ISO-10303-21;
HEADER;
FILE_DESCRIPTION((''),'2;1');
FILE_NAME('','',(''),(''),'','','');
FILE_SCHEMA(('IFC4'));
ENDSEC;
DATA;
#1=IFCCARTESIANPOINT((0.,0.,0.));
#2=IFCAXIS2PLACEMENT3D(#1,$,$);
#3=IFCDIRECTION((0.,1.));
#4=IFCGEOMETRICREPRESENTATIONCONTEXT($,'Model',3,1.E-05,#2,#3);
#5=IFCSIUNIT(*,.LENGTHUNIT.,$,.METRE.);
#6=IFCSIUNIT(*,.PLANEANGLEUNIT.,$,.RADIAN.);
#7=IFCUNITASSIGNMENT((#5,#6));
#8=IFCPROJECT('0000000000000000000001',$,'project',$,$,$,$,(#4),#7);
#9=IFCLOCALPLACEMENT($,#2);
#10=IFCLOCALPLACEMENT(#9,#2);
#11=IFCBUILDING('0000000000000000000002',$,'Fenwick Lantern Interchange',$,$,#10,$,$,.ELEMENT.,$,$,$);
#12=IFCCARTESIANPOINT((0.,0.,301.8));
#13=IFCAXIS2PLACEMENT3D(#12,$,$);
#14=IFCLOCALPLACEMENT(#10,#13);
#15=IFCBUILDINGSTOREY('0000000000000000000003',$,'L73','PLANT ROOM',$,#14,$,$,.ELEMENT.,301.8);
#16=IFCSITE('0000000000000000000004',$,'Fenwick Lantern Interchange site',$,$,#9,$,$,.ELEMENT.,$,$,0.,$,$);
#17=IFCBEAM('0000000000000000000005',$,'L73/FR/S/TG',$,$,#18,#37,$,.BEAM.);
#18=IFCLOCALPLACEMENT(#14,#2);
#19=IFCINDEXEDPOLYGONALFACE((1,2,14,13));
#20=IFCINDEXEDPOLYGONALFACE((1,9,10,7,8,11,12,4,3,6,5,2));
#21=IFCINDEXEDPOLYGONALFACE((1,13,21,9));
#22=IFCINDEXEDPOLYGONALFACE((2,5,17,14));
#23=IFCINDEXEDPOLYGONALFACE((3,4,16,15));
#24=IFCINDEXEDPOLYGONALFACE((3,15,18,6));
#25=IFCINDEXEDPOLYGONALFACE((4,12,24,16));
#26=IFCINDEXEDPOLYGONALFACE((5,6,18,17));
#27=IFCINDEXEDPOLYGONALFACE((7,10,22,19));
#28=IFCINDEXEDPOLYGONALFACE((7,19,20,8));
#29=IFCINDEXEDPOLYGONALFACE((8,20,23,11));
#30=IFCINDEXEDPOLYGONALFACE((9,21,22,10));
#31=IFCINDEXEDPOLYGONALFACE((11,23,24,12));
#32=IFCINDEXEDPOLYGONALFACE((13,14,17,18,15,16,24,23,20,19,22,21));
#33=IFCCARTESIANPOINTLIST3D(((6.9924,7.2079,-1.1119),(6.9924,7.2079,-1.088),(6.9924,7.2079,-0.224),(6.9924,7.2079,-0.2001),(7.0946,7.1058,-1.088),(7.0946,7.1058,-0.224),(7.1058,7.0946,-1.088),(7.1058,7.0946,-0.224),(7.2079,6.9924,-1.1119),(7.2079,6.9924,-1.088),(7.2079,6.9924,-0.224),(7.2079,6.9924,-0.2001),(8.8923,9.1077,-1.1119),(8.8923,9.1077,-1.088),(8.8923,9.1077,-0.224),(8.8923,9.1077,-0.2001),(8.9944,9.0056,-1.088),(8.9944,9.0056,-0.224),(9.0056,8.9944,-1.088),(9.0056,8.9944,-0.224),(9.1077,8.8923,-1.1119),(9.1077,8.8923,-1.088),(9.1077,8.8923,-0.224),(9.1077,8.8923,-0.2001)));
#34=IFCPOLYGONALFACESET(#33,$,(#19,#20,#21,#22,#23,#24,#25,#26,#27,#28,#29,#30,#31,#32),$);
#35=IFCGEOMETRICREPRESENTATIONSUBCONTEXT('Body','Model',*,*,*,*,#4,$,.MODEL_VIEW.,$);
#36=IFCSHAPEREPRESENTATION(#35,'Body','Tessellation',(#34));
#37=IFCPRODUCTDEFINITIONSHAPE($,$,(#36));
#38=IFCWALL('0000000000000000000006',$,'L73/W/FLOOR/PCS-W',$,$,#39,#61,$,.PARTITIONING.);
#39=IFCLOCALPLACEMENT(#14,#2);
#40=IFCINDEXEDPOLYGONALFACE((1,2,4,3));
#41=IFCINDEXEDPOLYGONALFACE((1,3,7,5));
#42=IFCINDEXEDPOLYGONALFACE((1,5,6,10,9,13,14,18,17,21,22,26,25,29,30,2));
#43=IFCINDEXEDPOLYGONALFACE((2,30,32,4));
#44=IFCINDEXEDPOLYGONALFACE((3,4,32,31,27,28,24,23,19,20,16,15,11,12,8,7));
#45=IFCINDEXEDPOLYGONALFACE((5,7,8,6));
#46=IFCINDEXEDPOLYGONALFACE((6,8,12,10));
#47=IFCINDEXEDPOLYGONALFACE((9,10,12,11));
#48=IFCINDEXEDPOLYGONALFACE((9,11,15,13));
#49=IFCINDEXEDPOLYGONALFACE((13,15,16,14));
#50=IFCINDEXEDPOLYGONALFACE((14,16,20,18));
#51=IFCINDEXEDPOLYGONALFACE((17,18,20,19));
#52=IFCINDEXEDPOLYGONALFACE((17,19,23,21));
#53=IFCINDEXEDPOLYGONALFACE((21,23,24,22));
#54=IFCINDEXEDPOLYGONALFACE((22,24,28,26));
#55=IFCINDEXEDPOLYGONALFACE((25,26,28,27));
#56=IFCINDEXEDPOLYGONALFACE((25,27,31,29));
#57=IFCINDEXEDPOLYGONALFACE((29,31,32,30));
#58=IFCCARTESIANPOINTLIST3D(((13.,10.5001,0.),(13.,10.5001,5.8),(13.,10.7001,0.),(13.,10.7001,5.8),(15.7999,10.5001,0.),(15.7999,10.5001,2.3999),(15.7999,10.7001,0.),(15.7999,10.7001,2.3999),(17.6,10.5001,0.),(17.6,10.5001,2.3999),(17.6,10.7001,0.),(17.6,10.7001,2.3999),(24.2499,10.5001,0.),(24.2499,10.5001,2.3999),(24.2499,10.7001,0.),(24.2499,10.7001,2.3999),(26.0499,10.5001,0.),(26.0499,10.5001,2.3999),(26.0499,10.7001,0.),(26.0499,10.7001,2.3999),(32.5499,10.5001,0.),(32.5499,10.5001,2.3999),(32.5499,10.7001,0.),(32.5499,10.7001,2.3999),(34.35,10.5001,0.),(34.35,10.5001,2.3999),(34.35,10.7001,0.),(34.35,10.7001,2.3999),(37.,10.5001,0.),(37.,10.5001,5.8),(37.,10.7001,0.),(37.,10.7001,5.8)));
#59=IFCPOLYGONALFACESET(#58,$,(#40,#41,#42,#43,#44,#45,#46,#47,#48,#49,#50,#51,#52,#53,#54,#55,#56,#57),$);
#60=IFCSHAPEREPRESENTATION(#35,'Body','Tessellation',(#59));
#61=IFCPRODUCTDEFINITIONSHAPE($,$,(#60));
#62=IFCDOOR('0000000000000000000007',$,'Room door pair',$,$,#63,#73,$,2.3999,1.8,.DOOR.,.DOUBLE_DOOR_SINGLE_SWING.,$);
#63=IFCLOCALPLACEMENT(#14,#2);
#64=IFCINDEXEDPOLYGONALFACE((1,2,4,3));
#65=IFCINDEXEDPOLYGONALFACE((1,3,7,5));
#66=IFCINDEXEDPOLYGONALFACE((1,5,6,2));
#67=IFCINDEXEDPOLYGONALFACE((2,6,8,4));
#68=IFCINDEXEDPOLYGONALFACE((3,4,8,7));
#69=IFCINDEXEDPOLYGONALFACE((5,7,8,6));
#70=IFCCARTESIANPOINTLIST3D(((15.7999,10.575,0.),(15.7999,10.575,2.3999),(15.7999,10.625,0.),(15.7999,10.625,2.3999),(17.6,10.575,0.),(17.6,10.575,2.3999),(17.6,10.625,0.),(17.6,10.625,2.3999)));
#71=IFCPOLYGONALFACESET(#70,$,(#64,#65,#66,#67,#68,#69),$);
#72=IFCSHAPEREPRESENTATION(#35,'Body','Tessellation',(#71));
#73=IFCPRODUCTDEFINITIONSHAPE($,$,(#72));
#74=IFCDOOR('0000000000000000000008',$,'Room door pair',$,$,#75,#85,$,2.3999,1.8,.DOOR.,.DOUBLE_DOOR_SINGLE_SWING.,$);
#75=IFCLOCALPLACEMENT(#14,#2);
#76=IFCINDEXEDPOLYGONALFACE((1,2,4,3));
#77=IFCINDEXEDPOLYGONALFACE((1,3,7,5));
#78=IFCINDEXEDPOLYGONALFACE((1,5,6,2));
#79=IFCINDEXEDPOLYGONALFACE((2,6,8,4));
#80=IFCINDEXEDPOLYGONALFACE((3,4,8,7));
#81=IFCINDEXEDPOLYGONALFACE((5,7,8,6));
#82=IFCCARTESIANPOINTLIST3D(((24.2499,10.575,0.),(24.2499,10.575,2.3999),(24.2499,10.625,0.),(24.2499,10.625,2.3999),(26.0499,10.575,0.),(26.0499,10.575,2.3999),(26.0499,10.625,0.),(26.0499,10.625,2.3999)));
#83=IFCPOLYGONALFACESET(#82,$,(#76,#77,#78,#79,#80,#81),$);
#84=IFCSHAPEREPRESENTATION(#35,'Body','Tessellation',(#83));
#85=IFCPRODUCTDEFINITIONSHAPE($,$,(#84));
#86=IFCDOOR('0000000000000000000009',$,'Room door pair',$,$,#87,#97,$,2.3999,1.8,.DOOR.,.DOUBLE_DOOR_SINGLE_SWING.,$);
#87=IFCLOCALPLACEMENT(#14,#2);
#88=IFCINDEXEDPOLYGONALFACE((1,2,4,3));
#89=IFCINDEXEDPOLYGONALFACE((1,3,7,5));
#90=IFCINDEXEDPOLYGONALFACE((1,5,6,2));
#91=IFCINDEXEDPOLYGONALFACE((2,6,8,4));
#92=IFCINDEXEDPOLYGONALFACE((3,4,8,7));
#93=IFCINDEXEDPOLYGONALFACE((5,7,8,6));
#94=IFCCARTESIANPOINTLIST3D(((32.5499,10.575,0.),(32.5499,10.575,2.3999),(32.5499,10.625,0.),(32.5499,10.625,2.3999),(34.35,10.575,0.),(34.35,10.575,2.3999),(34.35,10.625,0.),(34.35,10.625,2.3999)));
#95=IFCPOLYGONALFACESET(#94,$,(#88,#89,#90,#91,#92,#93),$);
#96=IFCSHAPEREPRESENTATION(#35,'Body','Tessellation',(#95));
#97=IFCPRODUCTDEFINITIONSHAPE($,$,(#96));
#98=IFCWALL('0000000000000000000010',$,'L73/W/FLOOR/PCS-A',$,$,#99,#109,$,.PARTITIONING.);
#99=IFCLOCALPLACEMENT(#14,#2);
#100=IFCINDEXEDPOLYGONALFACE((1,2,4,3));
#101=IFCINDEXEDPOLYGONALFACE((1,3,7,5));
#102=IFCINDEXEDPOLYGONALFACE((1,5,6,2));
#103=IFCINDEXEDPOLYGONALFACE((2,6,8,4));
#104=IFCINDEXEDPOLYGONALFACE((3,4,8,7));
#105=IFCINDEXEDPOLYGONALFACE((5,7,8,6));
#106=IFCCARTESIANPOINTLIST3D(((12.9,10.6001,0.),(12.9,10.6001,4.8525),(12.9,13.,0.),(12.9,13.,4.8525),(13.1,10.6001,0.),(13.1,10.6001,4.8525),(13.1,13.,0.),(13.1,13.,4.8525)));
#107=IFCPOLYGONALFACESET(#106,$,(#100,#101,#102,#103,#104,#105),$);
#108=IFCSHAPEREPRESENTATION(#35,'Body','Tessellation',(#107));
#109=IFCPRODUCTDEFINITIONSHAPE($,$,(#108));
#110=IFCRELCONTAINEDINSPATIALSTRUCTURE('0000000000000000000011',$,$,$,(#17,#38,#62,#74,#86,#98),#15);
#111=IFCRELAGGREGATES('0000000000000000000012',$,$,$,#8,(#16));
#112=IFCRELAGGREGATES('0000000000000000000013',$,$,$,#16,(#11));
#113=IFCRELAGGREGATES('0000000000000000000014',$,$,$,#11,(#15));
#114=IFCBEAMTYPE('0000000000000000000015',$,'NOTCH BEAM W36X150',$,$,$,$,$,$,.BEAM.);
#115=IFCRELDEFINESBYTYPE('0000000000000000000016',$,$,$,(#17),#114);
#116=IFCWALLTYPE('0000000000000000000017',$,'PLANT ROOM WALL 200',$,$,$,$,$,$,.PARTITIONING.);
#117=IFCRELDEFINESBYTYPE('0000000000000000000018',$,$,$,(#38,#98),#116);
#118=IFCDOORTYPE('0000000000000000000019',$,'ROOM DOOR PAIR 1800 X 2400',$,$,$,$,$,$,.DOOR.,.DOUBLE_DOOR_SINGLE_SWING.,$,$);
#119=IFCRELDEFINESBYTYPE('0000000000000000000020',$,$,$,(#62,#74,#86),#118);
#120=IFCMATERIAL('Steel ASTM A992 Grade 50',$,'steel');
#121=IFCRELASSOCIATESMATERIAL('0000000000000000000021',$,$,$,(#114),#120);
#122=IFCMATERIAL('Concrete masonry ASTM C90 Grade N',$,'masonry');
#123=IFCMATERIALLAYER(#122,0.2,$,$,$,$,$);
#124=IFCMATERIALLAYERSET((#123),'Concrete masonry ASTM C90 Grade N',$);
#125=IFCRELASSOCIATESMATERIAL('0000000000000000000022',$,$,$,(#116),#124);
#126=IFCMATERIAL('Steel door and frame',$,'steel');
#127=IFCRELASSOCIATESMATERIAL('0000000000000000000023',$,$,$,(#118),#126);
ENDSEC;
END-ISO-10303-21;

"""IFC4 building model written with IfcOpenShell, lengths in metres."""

from ifc_helpers import new_model, si_unit, direction, frame, frame_2d, origin, origin_2d, place, context, subcontext, project, spatial, rectangle, i_section, extrude, material, layer, layer_set, material_profile, profile_set, type_object, element, fill, save


model = new_model("IFC4")

# Units and contexts
model_context = context("Model", 3, precision=1e-05, world=origin(), true_north=direction((0.0, 1.0)))
body_context = subcontext(model_context, "Body", "Model", "MODEL_VIEW")
ifc_project = project(units=[si_unit("LENGTHUNIT", "METRE"), si_unit("PLANEANGLEUNIT", "RADIAN")], contexts=[model_context])

# Site, building, storey
site_placement = place(None, origin())
site = spatial("IfcSite", under=ifc_project, at=site_placement, Name="Fenwick Lantern Interchange site", CompositionType="ELEMENT", RefElevation=0.0)
building_placement = place(site_placement, origin())
building = spatial("IfcBuilding", under=site, at=building_placement, Name="Fenwick Lantern Interchange", CompositionType="ELEMENT")
storey_placement = place(building_placement, frame((0.0, 0.0, 301.8)))
storey = spatial("IfcBuildingStorey", under=building, at=storey_placement, Name="L73", Description="PLANT ROOM", CompositionType="ELEMENT", Elevation=301.8)

# Beam
ifc_material_1 = material(Name="Steel ASTM A992 Grade 50", Category="steel")
ifc_material_profile_1 = material_profile(ifc_material_1, i_section(OverallWidth=0.3047, OverallDepth=0.9119, WebThickness=0.0159, FlangeThickness=0.0239, at=origin_2d()), Name="W36X150")
ifc_profile_set_1 = profile_set([ifc_material_profile_1], Name="Steel ASTM A992 Grade 50")
beam_type_1 = type_object("IfcBeamType", Name="NOTCH BEAM W36X150", PredefinedType="BEAM", material=ifc_profile_set_1)
beam_1_placement = place(storey_placement, frame((9.0, 9.0, -0.656), z_axis=(-0.707107, -0.707107, 0.0), x_axis=(0.707107, -0.707107, 0.0)))
element("IfcBeam", 1, at=beam_1_placement, inside=storey, type_object=beam_type_1, Name="L73/FR/S/TG", PredefinedType="BEAM", context=body_context, shape_type="SweptSolid", body=[
    extrude(i_section(OverallWidth=0.3047, OverallDepth=0.9119, WebThickness=0.0159, FlangeThickness=0.0239, at=origin_2d()), origin(), (0.0, 0.0, 1.0), 2.6868),
])

# Wall, openings, doors
ifc_material_2 = material(Name="Concrete masonry ASTM C90 Grade N", Category="masonry")
ifc_layer = layer(ifc_material_2, 0.2)
ifc_layer_set = layer_set([ifc_layer], Name="Concrete masonry ASTM C90 Grade N")
wall_type = type_object("IfcWallType", Name="PLANT ROOM WALL 200", PredefinedType="PARTITIONING", material=ifc_layer_set)
wall_1_placement = place(storey_placement, frame((13.0, 10.6001, 0.0), z_axis=(0.0, 0.0, 1.0), x_axis=(1.0, 0.0, 0.0)))
wall_1 = element("IfcWall", 2, at=wall_1_placement, inside=storey, type_object=wall_type, Name="L73/W/FLOOR/PCS-W", PredefinedType="PARTITIONING", context=body_context, shape_type="SweptSolid", body=[
    extrude(rectangle(XDim=24.0, YDim=0.2, at=frame_2d((12.0, 0.0))), origin(), (0.0, 0.0, 1.0), 5.8),
])
opening_1_placement = place(wall_1_placement, frame((2.8, 0.0, 0.0)))
opening_1 = element("IfcOpeningElement", 3, at=opening_1_placement, cuts=wall_1, PredefinedType="OPENING", context=body_context, shape_type="SweptSolid", body=[
    extrude(rectangle(XDim=1.8, YDim=2.3999, at=frame_2d((0.8999, 1.2))), frame((0.0, 0.1099, 0.0), z_axis=(0.0, -1.0, 0.0), x_axis=(1.0, 0.0, 0.0)), (0.0, 0.0, 1.0), 0.22),
])
opening_2_placement = place(wall_1_placement, frame((11.25, 0.0, 0.0)))
opening_2 = element("IfcOpeningElement", 4, at=opening_2_placement, cuts=wall_1, PredefinedType="OPENING", context=body_context, shape_type="SweptSolid", body=[
    extrude(rectangle(XDim=1.8, YDim=2.3999, at=frame_2d((0.8999, 1.2))), frame((0.0, 0.1099, 0.0), z_axis=(0.0, -1.0, 0.0), x_axis=(1.0, 0.0, 0.0)), (0.0, 0.0, 1.0), 0.22),
])
opening_3_placement = place(wall_1_placement, frame((19.55, 0.0, 0.0)))
opening_3 = element("IfcOpeningElement", 5, at=opening_3_placement, cuts=wall_1, PredefinedType="OPENING", context=body_context, shape_type="SweptSolid", body=[
    extrude(rectangle(XDim=1.8, YDim=2.3999, at=frame_2d((0.8999, 1.2))), frame((0.0, 0.1099, 0.0), z_axis=(0.0, -1.0, 0.0), x_axis=(1.0, 0.0, 0.0)), (0.0, 0.0, 1.0), 0.22),
])
ifc_material_3 = material(Name="Steel door and frame", Category="steel")
door_type = type_object("IfcDoorType", Name="ROOM DOOR PAIR 1800 X 2400", OperationType="DOUBLE_DOOR_SINGLE_SWING", PredefinedType="DOOR", material=ifc_material_3)
door_1_placement = place(opening_1_placement, origin())
door_1 = element("IfcDoor", 6, at=door_1_placement, inside=storey, type_object=door_type, Name="Room door pair", OperationType="DOUBLE_DOOR_SINGLE_SWING", OverallHeight=2.3999, OverallWidth=1.8, PredefinedType="DOOR", context=body_context, shape_type="SweptSolid", body=[
    extrude(rectangle(XDim=1.8, YDim=2.3999, at=frame_2d((0.8999, 1.2))), frame((0.0, 0.0249, 0.0), z_axis=(0.0, -1.0, 0.0), x_axis=(1.0, 0.0, 0.0)), (0.0, 0.0, 1.0), 0.05),
])
fill(opening_1, door_1)
door_2_placement = place(opening_2_placement, origin())
door_2 = element("IfcDoor", 7, at=door_2_placement, inside=storey, type_object=door_type, Name="Room door pair", OperationType="DOUBLE_DOOR_SINGLE_SWING", OverallHeight=2.3999, OverallWidth=1.8, PredefinedType="DOOR", context=body_context, shape_type="SweptSolid", body=[
    extrude(rectangle(XDim=1.8, YDim=2.3999, at=frame_2d((0.8999, 1.2))), frame((0.0, 0.0249, 0.0), z_axis=(0.0, -1.0, 0.0), x_axis=(1.0, 0.0, 0.0)), (0.0, 0.0, 1.0), 0.05),
])
fill(opening_2, door_2)
door_3_placement = place(opening_3_placement, origin())
door_3 = element("IfcDoor", 8, at=door_3_placement, inside=storey, type_object=door_type, Name="Room door pair", OperationType="DOUBLE_DOOR_SINGLE_SWING", OverallHeight=2.3999, OverallWidth=1.8, PredefinedType="DOOR", context=body_context, shape_type="SweptSolid", body=[
    extrude(rectangle(XDim=1.8, YDim=2.3999, at=frame_2d((0.8999, 1.2))), frame((0.0, 0.0249, 0.0), z_axis=(0.0, -1.0, 0.0), x_axis=(1.0, 0.0, 0.0)), (0.0, 0.0, 1.0), 0.05),
])
fill(opening_3, door_3)

# Wall
wall_2_placement = place(storey_placement, frame((13.0, 10.6001, 0.0), z_axis=(0.0, 0.0, 1.0), x_axis=(0.0, 1.0, 0.0)))
element("IfcWall", 9, at=wall_2_placement, inside=storey, type_object=wall_type, Name="L73/W/FLOOR/PCS-A", PredefinedType="PARTITIONING", context=body_context, shape_type="SweptSolid", body=[
    extrude(rectangle(XDim=2.3999, YDim=0.2, at=frame_2d((1.2, 0.0))), origin(), (0.0, 0.0, 1.0), 4.8525),
])

save(model, "model.ifc")
